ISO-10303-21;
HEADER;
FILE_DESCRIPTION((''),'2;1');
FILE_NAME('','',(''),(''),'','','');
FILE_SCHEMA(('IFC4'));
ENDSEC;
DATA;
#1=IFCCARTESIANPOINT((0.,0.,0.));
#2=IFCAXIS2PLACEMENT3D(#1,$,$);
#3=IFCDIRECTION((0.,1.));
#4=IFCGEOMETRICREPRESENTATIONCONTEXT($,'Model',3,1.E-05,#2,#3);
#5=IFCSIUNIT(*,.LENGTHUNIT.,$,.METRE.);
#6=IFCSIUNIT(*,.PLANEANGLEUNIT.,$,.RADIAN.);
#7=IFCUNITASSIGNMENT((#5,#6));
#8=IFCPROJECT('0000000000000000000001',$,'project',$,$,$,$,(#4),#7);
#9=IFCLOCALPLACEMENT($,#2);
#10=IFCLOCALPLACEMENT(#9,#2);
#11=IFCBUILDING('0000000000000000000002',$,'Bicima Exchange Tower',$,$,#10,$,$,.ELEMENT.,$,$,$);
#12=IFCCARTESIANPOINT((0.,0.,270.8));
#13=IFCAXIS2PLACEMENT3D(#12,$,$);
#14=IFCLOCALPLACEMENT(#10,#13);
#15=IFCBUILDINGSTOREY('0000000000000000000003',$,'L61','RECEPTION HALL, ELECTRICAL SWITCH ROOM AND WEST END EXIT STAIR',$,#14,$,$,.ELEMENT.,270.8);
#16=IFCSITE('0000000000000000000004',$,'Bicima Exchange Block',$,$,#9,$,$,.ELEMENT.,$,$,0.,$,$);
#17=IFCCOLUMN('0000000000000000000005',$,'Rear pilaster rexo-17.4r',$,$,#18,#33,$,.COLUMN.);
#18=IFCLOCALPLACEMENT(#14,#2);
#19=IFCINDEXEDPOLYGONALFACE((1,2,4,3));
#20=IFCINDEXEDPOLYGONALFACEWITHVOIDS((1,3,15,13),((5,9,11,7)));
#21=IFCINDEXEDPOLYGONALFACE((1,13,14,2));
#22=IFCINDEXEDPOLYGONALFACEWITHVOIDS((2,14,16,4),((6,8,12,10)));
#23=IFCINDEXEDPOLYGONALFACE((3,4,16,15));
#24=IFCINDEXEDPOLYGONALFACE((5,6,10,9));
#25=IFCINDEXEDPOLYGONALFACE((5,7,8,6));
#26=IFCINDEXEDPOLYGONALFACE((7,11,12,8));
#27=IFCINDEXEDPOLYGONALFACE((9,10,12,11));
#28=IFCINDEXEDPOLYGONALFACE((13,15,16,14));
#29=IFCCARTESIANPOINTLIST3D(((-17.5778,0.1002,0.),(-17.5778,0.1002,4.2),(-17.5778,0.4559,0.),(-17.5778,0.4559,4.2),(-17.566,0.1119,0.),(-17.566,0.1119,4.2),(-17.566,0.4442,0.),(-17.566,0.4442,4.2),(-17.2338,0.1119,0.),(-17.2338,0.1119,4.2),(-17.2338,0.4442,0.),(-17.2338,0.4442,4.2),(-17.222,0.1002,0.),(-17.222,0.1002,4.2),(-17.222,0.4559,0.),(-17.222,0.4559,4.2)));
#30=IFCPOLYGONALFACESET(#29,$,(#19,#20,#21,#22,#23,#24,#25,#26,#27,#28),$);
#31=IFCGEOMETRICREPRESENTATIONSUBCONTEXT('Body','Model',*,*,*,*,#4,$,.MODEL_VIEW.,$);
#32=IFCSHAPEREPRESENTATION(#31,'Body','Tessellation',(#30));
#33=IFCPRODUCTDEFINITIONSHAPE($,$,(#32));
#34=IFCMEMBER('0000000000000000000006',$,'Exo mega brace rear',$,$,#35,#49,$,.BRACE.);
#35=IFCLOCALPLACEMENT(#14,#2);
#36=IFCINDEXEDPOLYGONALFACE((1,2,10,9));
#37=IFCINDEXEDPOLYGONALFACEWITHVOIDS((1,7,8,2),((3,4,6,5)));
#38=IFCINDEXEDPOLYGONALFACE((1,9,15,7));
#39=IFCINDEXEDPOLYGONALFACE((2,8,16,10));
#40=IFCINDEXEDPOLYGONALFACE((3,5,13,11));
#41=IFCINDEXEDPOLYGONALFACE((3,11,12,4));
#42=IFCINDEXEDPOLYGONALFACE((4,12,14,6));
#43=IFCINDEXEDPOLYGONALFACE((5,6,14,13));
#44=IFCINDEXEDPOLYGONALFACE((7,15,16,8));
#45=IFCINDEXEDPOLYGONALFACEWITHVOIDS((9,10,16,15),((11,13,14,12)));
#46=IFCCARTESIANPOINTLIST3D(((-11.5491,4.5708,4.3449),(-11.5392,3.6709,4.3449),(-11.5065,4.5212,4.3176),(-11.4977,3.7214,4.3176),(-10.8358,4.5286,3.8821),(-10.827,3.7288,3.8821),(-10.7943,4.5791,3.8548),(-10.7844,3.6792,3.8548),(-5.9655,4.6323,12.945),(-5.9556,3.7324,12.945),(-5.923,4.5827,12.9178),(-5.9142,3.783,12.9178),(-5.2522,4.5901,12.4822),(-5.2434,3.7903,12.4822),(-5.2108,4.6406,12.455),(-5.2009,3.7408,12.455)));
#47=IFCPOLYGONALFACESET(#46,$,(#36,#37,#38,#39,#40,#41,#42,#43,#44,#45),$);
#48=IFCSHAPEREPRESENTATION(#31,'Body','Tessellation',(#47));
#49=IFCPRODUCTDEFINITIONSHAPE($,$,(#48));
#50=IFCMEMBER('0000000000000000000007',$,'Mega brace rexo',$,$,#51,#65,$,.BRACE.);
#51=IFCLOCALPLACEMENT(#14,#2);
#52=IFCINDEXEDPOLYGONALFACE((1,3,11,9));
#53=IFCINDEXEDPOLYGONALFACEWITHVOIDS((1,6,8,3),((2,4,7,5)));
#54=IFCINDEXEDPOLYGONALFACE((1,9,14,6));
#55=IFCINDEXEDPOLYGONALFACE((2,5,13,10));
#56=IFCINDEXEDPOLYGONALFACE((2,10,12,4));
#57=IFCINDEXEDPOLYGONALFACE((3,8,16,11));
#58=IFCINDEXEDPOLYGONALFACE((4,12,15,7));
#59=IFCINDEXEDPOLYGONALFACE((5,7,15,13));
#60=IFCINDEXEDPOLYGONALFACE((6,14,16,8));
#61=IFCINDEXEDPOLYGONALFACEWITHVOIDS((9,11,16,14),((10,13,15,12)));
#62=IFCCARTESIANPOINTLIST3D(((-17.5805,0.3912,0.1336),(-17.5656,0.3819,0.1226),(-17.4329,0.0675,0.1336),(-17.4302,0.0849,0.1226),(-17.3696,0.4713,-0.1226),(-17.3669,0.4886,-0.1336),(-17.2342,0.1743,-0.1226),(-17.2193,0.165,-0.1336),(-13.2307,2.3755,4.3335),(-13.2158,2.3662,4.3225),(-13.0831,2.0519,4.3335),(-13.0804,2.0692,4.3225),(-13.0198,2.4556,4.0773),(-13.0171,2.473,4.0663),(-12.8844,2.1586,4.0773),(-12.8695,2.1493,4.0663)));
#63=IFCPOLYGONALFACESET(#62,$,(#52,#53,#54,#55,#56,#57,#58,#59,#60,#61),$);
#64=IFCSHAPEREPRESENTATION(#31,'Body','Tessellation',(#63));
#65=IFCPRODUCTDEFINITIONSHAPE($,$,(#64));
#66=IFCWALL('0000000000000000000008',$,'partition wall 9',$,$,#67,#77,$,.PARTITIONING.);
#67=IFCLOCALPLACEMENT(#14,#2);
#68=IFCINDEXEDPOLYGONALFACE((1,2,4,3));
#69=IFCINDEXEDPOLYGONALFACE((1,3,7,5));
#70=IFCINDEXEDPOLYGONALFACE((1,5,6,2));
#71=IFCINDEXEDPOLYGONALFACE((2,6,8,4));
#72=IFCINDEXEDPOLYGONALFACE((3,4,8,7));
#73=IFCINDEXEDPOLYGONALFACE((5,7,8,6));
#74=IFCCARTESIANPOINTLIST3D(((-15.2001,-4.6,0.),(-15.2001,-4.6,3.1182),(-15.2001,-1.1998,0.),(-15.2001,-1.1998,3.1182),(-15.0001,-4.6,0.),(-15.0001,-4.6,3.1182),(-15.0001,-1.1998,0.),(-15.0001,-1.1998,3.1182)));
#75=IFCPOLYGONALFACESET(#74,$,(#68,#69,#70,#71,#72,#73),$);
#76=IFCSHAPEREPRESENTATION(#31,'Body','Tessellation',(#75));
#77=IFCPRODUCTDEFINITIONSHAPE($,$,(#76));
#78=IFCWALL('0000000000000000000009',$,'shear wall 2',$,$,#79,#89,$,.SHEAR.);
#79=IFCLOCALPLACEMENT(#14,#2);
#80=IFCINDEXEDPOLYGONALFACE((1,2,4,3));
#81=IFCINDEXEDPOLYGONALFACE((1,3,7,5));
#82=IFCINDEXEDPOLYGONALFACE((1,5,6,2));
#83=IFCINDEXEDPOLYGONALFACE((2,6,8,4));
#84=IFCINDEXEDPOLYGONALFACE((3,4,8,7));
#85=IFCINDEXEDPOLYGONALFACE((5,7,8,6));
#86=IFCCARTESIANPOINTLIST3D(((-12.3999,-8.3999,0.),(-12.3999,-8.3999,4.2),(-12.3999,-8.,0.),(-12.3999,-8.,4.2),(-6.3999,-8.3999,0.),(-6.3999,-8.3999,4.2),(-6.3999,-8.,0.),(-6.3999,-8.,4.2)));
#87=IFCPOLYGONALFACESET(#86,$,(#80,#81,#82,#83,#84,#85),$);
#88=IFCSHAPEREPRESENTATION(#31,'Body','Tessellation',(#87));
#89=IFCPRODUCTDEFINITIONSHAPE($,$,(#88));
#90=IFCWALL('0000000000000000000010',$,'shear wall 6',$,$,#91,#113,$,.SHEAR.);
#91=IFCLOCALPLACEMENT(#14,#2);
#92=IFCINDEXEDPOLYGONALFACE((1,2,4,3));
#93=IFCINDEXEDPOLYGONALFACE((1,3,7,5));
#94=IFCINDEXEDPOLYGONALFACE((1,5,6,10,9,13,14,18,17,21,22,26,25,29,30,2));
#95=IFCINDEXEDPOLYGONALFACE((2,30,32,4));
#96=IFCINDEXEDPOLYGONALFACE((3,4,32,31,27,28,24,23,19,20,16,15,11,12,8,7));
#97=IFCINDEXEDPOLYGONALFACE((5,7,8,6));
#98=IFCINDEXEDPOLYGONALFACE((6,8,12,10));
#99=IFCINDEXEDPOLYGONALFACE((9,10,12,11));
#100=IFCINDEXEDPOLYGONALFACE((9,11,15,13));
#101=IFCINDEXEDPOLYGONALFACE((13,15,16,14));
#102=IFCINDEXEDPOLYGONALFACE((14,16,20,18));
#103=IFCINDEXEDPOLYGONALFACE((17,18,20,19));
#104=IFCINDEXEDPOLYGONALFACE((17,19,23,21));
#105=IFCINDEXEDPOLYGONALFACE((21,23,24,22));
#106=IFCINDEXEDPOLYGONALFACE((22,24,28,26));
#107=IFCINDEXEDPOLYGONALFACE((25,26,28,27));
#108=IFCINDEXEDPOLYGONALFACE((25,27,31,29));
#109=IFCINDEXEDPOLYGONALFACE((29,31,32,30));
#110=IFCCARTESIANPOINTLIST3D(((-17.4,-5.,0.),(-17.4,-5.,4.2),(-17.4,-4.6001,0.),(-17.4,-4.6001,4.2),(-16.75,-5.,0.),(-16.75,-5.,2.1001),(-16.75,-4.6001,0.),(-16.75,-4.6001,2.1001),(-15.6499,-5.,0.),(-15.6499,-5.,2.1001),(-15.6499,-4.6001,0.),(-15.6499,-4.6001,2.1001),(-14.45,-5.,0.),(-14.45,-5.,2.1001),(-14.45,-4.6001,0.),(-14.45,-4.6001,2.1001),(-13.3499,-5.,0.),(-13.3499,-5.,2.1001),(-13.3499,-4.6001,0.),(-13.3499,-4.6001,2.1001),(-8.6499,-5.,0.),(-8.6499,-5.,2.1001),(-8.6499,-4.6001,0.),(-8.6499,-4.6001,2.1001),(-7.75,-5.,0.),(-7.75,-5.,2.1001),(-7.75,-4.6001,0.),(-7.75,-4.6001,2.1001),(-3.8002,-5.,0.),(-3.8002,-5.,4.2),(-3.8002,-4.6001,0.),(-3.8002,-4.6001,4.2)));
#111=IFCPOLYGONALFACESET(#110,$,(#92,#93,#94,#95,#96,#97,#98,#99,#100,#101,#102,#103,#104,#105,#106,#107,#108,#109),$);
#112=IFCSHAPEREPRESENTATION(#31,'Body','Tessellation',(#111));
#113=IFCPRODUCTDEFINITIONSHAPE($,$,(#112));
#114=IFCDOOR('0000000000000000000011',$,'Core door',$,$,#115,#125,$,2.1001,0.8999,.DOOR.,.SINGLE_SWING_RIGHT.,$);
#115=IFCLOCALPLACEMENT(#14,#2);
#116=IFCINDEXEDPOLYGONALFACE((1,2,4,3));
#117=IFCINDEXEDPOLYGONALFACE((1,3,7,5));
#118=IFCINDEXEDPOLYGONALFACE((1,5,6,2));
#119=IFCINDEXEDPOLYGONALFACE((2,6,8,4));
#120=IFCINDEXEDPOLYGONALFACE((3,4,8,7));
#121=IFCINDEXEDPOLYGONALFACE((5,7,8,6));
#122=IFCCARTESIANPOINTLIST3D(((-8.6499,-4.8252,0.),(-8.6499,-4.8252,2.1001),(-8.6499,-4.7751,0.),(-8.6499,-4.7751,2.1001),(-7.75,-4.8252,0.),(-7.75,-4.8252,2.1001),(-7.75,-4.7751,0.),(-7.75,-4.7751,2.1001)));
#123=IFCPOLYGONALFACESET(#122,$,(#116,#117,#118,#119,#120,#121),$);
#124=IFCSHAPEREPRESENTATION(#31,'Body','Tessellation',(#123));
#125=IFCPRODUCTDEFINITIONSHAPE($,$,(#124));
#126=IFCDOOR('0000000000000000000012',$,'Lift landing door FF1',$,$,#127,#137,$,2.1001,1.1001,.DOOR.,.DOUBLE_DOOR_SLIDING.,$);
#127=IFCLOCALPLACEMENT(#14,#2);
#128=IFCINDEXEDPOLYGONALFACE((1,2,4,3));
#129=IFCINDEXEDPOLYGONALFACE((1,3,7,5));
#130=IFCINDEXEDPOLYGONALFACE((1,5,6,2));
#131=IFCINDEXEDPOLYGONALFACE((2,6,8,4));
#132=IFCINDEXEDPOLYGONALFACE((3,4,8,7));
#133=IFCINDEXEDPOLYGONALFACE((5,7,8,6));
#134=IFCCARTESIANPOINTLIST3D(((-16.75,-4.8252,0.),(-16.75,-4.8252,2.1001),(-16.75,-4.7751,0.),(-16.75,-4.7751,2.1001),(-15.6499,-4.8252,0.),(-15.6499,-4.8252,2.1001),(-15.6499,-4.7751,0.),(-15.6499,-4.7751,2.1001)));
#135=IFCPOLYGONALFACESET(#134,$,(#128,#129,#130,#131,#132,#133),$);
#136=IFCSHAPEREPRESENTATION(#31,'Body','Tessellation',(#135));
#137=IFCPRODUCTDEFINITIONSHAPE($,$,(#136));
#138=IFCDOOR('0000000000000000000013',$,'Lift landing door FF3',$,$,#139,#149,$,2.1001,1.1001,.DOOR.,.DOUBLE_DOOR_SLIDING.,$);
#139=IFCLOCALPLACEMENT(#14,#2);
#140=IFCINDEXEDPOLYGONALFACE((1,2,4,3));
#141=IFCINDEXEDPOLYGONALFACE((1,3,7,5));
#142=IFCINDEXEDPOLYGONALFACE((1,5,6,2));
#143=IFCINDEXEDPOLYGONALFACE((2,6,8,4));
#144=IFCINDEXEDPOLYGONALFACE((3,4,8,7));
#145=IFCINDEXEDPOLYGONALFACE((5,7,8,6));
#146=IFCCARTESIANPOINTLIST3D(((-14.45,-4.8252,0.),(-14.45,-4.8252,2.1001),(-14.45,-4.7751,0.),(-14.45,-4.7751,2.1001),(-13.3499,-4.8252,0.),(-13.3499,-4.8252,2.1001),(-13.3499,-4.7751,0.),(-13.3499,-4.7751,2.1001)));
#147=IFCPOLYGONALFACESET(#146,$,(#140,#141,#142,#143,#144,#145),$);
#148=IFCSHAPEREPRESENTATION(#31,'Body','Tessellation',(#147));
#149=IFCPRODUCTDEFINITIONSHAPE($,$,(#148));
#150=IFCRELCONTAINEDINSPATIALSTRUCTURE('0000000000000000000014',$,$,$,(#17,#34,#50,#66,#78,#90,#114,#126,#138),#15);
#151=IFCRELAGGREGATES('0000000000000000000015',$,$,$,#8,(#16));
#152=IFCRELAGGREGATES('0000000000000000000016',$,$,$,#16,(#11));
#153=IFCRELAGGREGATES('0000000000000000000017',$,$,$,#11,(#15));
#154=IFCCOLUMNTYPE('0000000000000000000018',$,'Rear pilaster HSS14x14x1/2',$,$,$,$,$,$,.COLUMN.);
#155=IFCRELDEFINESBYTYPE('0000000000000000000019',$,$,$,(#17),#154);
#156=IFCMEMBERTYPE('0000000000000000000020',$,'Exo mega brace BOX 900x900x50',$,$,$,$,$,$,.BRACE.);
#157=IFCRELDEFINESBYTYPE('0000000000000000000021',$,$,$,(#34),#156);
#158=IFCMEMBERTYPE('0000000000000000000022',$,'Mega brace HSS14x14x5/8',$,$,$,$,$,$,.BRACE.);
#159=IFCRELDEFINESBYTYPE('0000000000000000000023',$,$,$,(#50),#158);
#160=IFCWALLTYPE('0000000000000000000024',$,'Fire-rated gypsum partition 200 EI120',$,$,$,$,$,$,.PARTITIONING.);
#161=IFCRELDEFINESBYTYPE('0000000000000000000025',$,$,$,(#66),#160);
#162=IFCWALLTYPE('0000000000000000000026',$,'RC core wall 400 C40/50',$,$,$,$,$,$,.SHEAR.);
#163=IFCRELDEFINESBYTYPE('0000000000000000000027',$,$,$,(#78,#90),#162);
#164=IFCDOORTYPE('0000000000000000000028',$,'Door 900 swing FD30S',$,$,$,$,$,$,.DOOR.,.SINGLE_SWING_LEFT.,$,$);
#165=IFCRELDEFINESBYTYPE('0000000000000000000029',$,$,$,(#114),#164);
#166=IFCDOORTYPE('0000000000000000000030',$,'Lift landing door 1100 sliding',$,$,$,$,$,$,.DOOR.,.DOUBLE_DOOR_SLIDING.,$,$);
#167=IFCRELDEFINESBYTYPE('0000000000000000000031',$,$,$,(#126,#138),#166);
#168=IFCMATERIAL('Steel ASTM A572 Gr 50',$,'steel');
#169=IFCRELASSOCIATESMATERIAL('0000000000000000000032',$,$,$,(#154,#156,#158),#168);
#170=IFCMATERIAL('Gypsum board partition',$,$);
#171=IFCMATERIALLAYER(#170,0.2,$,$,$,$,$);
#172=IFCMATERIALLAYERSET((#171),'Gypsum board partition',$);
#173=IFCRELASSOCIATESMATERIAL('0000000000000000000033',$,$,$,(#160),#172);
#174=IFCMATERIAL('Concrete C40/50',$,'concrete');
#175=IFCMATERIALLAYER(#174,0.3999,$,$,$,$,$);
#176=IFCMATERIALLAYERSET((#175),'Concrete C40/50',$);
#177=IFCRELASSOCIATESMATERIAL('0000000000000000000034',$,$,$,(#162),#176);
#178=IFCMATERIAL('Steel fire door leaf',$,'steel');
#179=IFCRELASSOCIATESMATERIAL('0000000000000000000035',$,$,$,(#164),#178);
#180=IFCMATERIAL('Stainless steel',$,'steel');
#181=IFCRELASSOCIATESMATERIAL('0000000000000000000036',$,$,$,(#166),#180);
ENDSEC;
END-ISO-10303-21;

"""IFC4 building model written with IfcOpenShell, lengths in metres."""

from ifc_helpers import new_model, si_unit, direction, frame, frame_2d, origin, origin_2d, place, context, subcontext, project, spatial, rectangle, hollow_rectangle, extrude, material, layer, layer_set, material_profile, profile_set, type_object, element, fill, save


model = new_model("IFC4")

# Units and contexts
model_context = context("Model", 3, precision=1e-05, world=origin(), true_north=direction((0.0, 1.0)))
body_context = subcontext(model_context, "Body", "Model", "MODEL_VIEW")
ifc_project = project(units=[si_unit("LENGTHUNIT", "METRE"), si_unit("PLANEANGLEUNIT", "RADIAN")], contexts=[model_context])

# Site, building, storey
site_placement = place(None, origin())
site = spatial("IfcSite", under=ifc_project, at=site_placement, Name="Bicima Exchange Block", CompositionType="ELEMENT", RefElevation=0.0)
building_placement = place(site_placement, origin())
building = spatial("IfcBuilding", under=site, at=building_placement, Name="Bicima Exchange Tower", CompositionType="ELEMENT")
storey_placement = place(building_placement, frame((0.0, 0.0, 270.8)))
storey = spatial("IfcBuildingStorey", under=building, at=storey_placement, Name="L61", Description="RECEPTION HALL, ELECTRICAL SWITCH ROOM AND WEST END EXIT STAIR", CompositionType="ELEMENT", Elevation=270.8)

# Column
ifc_material_1 = material(Name="Steel ASTM A572 Gr 50", Category="steel")
ifc_material_profile_1 = material_profile(ifc_material_1, hollow_rectangle(XDim=0.3557, YDim=0.3557, WallThickness=0.0117, at=origin_2d()))
ifc_profile_set_1 = profile_set([ifc_material_profile_1], Name="Steel ASTM A572 Gr 50")
column_type = type_object("IfcColumnType", Name="Rear pilaster HSS14x14x1/2", PredefinedType="COLUMN", material=ifc_profile_set_1)
column_placement = place(storey_placement, frame((-17.3999, 0.2781, 0.0), z_axis=(0.0, 0.0, 1.0), x_axis=(1.0, 0.0, 0.0)))
element("IfcColumn", 1, at=column_placement, inside=storey, type_object=column_type, Name="Rear pilaster rexo-17.4r", PredefinedType="COLUMN", context=body_context, shape_type="SweptSolid", body=[
    extrude(hollow_rectangle(XDim=0.3557, YDim=0.3557, WallThickness=0.0117, at=origin_2d()), origin(), (0.0, 0.0, 1.0), 4.2),
])

# Members
ifc_material_profile_2 = material_profile(ifc_material_1, hollow_rectangle(XDim=0.8999, YDim=0.8999, WallThickness=0.05, at=origin_2d()))
ifc_profile_set_2 = profile_set([ifc_material_profile_2], Name="Steel ASTM A572 Gr 50")
member_type_1 = type_object("IfcMemberType", Name="Exo mega brace BOX 900x900x50", PredefinedType="BRACE", material=ifc_profile_set_2)
member_1_placement = place(storey_placement, frame((-11.1667, 4.125, 4.0999), z_axis=(0.544528, 0.006, 0.838721), x_axis=(-0.011018, 0.999939, 0.0)))
element("IfcMember", 2, at=member_1_placement, inside=storey, type_object=member_type_1, Name="Exo mega brace rear", PredefinedType="BRACE", context=body_context, shape_type="SweptSolid", body=[
    extrude(hollow_rectangle(XDim=0.8999, YDim=0.8999, WallThickness=0.05, at=origin_2d()), origin(), (0.0, 0.0, 1.0), 10.2539),
])
ifc_material_profile_3 = material_profile(ifc_material_1, hollow_rectangle(XDim=0.3557, YDim=0.3557, WallThickness=0.0146, at=origin_2d()))
ifc_profile_set_3 = profile_set([ifc_material_profile_3], Name="Steel ASTM A572 Gr 50")
member_type_2 = type_object("IfcMemberType", Name="Mega brace HSS14x14x5/8", PredefinedType="BRACE", material=ifc_profile_set_3)
member_2_placement = place(storey_placement, frame((-17.3999, 0.2781, 0.0), z_axis=(0.683526, 0.31182, 0.65997), x_axis=(-0.415045, 0.909801, 0.0)))
element("IfcMember", 3, at=member_2_placement, inside=storey, type_object=member_type_2, Name="Mega brace rexo", PredefinedType="BRACE", context=body_context, shape_type="SweptSolid", body=[
    extrude(hollow_rectangle(XDim=0.3557, YDim=0.3557, WallThickness=0.0146, at=origin_2d()), origin(), (0.0, 0.0, 1.0), 6.3638),
])

# Walls
ifc_material_2 = material(Name="Gypsum board partition")
ifc_layer_1 = layer(ifc_material_2, 0.2)
ifc_layer_set_1 = layer_set([ifc_layer_1], Name="Gypsum board partition")
wall_type_1 = type_object("IfcWallType", Name="Fire-rated gypsum partition 200 EI120", PredefinedType="PARTITIONING", material=ifc_layer_set_1)
wall_1_placement = place(storey_placement, frame((-15.1001, -4.6001, 0.0), z_axis=(0.0, 0.0, 1.0), x_axis=(0.0, 1.0, 0.0)))
element("IfcWall", 4, at=wall_1_placement, inside=storey, type_object=wall_type_1, Name="partition wall 9", PredefinedType="PARTITIONING", context=body_context, shape_type="SweptSolid", body=[
    extrude(rectangle(XDim=3.4001, YDim=0.2, at=frame_2d((1.7002, 0.0))), origin(), (0.0, 0.0, 1.0), 3.1182),
])
ifc_material_3 = material(Name="Concrete C40/50", Category="concrete")
ifc_layer_2 = layer(ifc_material_3, 0.3999)
ifc_layer_set_2 = layer_set([ifc_layer_2], Name="Concrete C40/50")
wall_type_2 = type_object("IfcWallType", Name="RC core wall 400 C40/50", PredefinedType="SHEAR", material=ifc_layer_set_2)
wall_2_placement = place(storey_placement, frame((-12.3999, -8.2, 0.0), z_axis=(0.0, 0.0, 1.0), x_axis=(1.0, 0.0, 0.0)))
element("IfcWall", 5, at=wall_2_placement, inside=storey, type_object=wall_type_2, Name="shear wall 2", PredefinedType="SHEAR", context=body_context, shape_type="SweptSolid", body=[
    extrude(rectangle(XDim=6.0, YDim=0.3999, at=frame_2d((3.0, 0.0))), origin(), (0.0, 0.0, 1.0), 4.2),
])

# Wall, openings, doors
wall_3_placement = place(storey_placement, frame((-17.3999, -4.8, 0.0), z_axis=(0.0, 0.0, 1.0), x_axis=(1.0, 0.0, 0.0)))
wall_3 = element("IfcWall", 6, at=wall_3_placement, inside=storey, type_object=wall_type_2, Name="shear wall 6", PredefinedType="SHEAR", context=body_context, shape_type="SweptSolid", body=[
    extrude(rectangle(XDim=13.5999, YDim=0.3999, at=frame_2d((6.7998, 0.0))), origin(), (0.0, 0.0, 1.0), 4.2),
])
opening_1_placement = place(wall_3_placement, frame((0.6499, 0.0, 0.0)))
opening_1 = element("IfcOpeningElement", 7, at=opening_1_placement, cuts=wall_3, PredefinedType="OPENING", context=body_context, shape_type="SweptSolid", body=[
    extrude(rectangle(XDim=1.1001, YDim=2.1001, at=frame_2d((0.55, 1.05))), frame((0.0, 0.2119, 0.0), z_axis=(0.0, -1.0, 0.0), x_axis=(1.0, 0.0, 0.0)), (0.0, 0.0, 1.0), 0.4238),
])
opening_2_placement = place(wall_3_placement, frame((2.95, 0.0, 0.0)))
opening_2 = element("IfcOpeningElement", 8, at=opening_2_placement, cuts=wall_3, PredefinedType="OPENING", context=body_context, shape_type="SweptSolid", body=[
    extrude(rectangle(XDim=1.1001, YDim=2.1001, at=frame_2d((0.55, 1.05))), frame((0.0, 0.2119, 0.0), z_axis=(0.0, -1.0, 0.0), x_axis=(1.0, 0.0, 0.0)), (0.0, 0.0, 1.0), 0.4238),
])
opening_3_placement = place(wall_3_placement, frame((8.75, 0.0, 0.0)))
opening_3 = element("IfcOpeningElement", 9, at=opening_3_placement, cuts=wall_3, PredefinedType="OPENING", context=body_context, shape_type="SweptSolid", body=[
    extrude(rectangle(XDim=0.8999, YDim=2.1001, at=frame_2d((0.45, 1.05))), frame((0.0, 0.2119, 0.0), z_axis=(0.0, -1.0, 0.0), x_axis=(1.0, 0.0, 0.0)), (0.0, 0.0, 1.0), 0.4238),
])
ifc_material_4 = material(Name="Steel fire door leaf", Category="steel")
door_type_1 = type_object("IfcDoorType", Name="Door 900 swing FD30S", OperationType="SINGLE_SWING_LEFT", PredefinedType="DOOR", material=ifc_material_4)
door_1_placement = place(opening_3_placement, origin())
door_1 = element("IfcDoor", 10, at=door_1_placement, inside=storey, type_object=door_type_1, Name="Core door", OperationType="SINGLE_SWING_RIGHT", OverallHeight=2.1001, OverallWidth=0.8999, PredefinedType="DOOR", context=body_context, shape_type="SweptSolid", body=[
    extrude(rectangle(XDim=0.8999, YDim=2.1001, at=frame_2d((0.45, 1.05))), frame((0.0, 0.0249, 0.0), z_axis=(0.0, -1.0, 0.0), x_axis=(1.0, 0.0, 0.0)), (0.0, 0.0, 1.0), 0.05),
])
fill(opening_3, door_1)
ifc_material_5 = material(Name="Stainless steel", Category="steel")
door_type_2 = type_object("IfcDoorType", Name="Lift landing door 1100 sliding", OperationType="DOUBLE_DOOR_SLIDING", PredefinedType="DOOR", material=ifc_material_5)
door_2_placement = place(opening_1_placement, origin())
door_2 = element("IfcDoor", 11, at=door_2_placement, inside=storey, type_object=door_type_2, Name="Lift landing door FF1", OperationType="DOUBLE_DOOR_SLIDING", OverallHeight=2.1001, OverallWidth=1.1001, PredefinedType="DOOR", context=body_context, shape_type="SweptSolid", body=[
    extrude(rectangle(XDim=1.1001, YDim=2.1001, at=frame_2d((0.55, 1.05))), frame((0.0, 0.0249, 0.0), z_axis=(0.0, -1.0, 0.0), x_axis=(1.0, 0.0, 0.0)), (0.0, 0.0, 1.0), 0.05),
])
fill(opening_1, door_2)
door_3_placement = place(opening_2_placement, origin())
door_3 = element("IfcDoor", 12, at=door_3_placement, inside=storey, type_object=door_type_2, Name="Lift landing door FF3", OperationType="DOUBLE_DOOR_SLIDING", OverallHeight=2.1001, OverallWidth=1.1001, PredefinedType="DOOR", context=body_context, shape_type="SweptSolid", body=[
    extrude(rectangle(XDim=1.1001, YDim=2.1001, at=frame_2d((0.55, 1.05))), frame((0.0, 0.0249, 0.0), z_axis=(0.0, -1.0, 0.0), x_axis=(1.0, 0.0, 0.0)), (0.0, 0.0, 1.0), 0.05),
])
fill(opening_2, door_3)

save(model, "model.ifc")
